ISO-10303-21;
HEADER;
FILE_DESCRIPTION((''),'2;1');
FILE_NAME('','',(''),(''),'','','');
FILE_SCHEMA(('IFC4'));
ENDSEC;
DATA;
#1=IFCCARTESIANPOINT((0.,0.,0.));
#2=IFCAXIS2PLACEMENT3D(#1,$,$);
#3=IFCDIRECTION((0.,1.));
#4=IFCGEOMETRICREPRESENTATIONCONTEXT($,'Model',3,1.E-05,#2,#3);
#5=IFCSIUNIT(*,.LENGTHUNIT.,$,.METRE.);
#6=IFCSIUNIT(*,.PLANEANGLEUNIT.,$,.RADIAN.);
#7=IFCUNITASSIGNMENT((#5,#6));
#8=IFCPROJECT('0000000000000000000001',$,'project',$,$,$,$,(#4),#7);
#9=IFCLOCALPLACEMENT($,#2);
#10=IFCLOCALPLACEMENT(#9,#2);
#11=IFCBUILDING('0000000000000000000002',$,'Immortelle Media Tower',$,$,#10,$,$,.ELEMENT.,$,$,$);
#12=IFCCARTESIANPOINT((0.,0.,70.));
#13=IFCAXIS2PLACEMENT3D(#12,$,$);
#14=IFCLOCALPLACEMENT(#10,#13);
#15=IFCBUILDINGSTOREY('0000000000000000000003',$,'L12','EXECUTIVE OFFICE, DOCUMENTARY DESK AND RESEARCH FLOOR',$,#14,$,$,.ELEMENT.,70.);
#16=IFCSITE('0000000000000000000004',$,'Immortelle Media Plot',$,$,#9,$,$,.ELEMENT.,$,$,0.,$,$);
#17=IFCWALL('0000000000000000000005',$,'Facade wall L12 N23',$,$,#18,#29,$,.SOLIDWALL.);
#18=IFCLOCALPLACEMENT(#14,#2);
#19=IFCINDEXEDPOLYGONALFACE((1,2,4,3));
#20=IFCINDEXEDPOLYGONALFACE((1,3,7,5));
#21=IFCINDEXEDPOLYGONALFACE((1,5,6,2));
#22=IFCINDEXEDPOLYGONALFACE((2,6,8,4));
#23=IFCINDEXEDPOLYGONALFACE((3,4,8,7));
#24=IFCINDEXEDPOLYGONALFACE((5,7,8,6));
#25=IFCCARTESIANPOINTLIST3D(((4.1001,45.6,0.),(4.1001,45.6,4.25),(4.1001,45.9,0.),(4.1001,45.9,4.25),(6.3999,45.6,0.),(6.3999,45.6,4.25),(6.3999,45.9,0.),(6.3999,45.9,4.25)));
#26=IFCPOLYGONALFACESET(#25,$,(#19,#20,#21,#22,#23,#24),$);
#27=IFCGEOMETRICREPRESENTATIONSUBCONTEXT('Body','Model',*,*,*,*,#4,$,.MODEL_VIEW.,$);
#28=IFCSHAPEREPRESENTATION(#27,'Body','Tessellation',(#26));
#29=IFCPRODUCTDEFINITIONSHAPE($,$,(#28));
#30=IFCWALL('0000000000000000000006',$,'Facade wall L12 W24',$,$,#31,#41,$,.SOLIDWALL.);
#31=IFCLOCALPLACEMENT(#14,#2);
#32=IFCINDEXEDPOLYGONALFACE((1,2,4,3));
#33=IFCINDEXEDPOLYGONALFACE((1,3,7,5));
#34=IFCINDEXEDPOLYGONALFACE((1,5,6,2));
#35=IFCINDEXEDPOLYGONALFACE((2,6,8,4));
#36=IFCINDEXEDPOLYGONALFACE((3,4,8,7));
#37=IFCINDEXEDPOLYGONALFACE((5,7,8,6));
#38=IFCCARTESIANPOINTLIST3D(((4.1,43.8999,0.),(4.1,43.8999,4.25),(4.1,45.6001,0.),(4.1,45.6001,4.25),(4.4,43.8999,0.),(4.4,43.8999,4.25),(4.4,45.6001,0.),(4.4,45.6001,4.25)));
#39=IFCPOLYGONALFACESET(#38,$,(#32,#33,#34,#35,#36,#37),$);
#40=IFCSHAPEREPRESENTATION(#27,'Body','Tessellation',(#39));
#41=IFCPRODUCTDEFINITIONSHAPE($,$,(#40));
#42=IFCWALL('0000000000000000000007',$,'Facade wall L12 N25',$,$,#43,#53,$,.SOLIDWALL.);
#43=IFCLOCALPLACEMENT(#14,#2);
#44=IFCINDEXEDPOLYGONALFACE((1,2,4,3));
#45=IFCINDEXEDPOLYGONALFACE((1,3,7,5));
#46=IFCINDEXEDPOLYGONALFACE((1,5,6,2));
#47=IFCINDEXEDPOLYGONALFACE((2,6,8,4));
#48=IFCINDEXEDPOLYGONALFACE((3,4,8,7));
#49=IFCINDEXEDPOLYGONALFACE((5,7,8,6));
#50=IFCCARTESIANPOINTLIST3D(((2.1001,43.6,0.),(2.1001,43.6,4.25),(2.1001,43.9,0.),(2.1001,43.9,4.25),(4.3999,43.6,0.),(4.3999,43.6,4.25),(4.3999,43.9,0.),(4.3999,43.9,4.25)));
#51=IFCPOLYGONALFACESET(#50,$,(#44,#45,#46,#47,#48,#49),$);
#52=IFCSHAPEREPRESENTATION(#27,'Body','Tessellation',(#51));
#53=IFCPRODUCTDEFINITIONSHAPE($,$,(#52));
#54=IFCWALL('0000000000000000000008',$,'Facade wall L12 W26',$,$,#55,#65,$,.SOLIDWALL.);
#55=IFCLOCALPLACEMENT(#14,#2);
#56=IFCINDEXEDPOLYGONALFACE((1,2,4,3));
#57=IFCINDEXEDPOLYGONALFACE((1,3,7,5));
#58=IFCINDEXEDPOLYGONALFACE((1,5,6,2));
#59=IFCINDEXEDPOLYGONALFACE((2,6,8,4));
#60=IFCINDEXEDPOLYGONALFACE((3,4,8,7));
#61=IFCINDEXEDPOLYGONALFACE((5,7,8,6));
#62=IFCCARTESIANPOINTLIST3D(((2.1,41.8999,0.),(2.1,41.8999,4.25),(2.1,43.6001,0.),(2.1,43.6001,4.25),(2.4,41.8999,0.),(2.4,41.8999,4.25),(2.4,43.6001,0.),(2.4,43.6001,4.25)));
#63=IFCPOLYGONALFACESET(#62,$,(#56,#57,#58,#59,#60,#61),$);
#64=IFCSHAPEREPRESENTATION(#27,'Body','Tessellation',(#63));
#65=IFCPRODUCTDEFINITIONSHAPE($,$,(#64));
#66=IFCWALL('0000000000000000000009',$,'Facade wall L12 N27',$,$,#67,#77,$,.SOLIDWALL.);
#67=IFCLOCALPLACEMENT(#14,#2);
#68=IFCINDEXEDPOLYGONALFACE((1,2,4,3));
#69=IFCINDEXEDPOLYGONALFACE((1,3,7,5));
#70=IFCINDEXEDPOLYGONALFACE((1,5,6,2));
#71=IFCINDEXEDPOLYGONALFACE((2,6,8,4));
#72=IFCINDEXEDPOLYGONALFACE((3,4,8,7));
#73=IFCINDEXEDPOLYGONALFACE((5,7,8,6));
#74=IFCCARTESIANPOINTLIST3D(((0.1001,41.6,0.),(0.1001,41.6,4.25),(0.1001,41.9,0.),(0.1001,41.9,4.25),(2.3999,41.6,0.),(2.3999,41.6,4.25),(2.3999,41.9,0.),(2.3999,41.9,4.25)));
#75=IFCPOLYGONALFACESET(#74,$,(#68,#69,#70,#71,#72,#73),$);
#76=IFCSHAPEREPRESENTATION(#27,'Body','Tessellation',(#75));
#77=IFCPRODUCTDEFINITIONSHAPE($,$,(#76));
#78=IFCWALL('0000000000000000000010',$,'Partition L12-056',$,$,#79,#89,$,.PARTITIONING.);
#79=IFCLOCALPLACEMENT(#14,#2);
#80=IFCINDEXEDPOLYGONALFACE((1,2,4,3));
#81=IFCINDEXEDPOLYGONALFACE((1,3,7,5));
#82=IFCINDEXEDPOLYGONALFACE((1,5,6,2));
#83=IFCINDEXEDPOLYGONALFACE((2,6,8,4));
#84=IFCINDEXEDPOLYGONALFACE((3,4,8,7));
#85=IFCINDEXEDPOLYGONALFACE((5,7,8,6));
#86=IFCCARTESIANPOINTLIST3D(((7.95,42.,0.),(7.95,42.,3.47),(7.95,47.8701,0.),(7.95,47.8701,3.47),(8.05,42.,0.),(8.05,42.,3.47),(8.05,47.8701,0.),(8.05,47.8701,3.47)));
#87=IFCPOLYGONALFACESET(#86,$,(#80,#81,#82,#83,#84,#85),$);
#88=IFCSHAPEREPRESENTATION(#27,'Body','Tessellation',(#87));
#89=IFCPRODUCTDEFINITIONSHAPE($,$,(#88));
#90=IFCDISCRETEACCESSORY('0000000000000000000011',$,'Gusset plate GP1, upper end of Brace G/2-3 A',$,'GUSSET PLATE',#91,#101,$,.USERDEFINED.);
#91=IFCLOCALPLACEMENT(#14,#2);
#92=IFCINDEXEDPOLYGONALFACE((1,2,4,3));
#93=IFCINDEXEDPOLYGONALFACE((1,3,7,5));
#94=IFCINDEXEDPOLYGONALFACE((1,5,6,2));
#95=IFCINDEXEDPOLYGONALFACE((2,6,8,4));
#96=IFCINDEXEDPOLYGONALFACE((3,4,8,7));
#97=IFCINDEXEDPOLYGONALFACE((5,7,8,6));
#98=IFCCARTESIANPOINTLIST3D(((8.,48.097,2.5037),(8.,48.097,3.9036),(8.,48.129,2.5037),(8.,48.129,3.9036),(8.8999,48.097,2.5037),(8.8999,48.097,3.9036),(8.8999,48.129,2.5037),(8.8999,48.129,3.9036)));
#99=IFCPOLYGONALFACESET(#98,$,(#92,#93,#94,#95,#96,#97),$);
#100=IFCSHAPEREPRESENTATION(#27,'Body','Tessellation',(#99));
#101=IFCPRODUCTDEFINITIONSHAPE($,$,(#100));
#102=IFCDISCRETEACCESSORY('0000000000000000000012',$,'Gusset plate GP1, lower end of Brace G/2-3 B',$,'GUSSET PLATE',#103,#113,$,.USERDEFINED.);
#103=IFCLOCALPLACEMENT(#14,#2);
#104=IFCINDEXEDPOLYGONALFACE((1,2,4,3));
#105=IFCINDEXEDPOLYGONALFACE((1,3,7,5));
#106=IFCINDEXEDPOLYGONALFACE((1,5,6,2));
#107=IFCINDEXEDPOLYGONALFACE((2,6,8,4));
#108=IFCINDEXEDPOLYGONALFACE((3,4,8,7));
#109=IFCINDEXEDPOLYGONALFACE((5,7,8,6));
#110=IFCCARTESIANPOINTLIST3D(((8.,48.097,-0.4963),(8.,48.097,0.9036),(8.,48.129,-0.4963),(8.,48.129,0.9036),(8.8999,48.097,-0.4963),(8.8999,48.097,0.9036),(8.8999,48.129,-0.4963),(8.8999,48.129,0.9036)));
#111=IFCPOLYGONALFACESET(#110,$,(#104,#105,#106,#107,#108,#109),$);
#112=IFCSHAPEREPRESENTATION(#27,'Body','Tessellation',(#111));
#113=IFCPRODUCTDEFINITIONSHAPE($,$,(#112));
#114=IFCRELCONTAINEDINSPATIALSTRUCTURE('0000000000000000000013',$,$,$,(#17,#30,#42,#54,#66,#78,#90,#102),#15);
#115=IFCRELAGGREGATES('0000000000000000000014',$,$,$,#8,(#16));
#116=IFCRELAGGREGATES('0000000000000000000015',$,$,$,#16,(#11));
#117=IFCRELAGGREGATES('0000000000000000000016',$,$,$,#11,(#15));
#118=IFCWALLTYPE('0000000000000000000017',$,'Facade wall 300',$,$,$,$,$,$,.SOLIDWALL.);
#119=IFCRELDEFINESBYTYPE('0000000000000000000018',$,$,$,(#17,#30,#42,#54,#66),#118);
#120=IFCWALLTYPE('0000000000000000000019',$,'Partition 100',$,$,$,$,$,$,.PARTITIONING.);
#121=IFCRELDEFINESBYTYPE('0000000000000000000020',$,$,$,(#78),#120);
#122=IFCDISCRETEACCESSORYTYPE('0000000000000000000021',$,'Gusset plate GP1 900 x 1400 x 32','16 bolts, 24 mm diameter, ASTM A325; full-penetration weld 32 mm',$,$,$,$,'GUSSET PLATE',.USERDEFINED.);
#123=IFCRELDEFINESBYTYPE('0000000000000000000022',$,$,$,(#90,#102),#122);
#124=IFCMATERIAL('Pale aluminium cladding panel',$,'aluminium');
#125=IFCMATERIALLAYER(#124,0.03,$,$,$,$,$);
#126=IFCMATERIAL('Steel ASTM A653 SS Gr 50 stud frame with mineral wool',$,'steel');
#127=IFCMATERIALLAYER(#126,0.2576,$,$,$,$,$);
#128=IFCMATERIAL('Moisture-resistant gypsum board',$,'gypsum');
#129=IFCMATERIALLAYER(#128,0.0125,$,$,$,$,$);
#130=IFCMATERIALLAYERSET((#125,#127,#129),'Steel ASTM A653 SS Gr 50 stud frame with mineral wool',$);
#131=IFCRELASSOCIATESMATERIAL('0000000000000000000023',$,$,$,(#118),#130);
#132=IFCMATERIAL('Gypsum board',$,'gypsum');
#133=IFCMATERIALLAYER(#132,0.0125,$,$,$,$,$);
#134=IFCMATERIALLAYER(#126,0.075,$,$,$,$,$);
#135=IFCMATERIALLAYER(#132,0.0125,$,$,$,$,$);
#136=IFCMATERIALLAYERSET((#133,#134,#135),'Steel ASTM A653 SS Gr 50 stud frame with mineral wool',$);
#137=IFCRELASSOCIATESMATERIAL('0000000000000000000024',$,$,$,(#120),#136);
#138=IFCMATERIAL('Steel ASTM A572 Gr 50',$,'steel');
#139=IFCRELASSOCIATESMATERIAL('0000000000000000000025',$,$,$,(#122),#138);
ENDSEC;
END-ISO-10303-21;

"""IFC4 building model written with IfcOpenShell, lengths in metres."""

from ifc_helpers import new_model, si_unit, direction, frame, frame_2d, origin, origin_2d, place, context, subcontext, project, spatial, rectangle, extrude, material, layer, layer_set, material_profile, profile_set, type_object, element, save


model = new_model("IFC4")

# Units and contexts
model_context = context("Model", 3, precision=1e-05, world=origin(), true_north=direction((0.0, 1.0)))
body_context = subcontext(model_context, "Body", "Model", "MODEL_VIEW")
ifc_project = project(units=[si_unit("LENGTHUNIT", "METRE"), si_unit("PLANEANGLEUNIT", "RADIAN")], contexts=[model_context])

# Site, building, storey
site_placement = place(None, origin())
site = spatial("IfcSite", under=ifc_project, at=site_placement, Name="Immortelle Media Plot", CompositionType="ELEMENT", RefElevation=0.0)
building_placement = place(site_placement, origin())
building = spatial("IfcBuilding", under=site, at=building_placement, Name="Immortelle Media Tower", CompositionType="ELEMENT")
storey_placement = place(building_placement, frame((0.0, 0.0, 70.0)))
storey = spatial("IfcBuildingStorey", under=building, at=storey_placement, Name="L12", Description="EXECUTIVE OFFICE, DOCUMENTARY DESK AND RESEARCH FLOOR", CompositionType="ELEMENT", Elevation=70.0)

# Shared definitions
ifc_material_1 = material(Name="Steel ASTM A653 SS Gr 50 stud frame with mineral wool", Category="steel")

# Walls
ifc_material_2 = material(Name="Pale aluminium cladding panel", Category="aluminium")
ifc_layer_1 = layer(ifc_material_2, 0.03)
ifc_layer_2 = layer(ifc_material_1, 0.2576)
ifc_material_3 = material(Name="Moisture-resistant gypsum board", Category="gypsum")
ifc_layer_3 = layer(ifc_material_3, 0.0125)
ifc_layer_set_1 = layer_set([ifc_layer_1, ifc_layer_2, ifc_layer_3], Name="Steel ASTM A653 SS Gr 50 stud frame with mineral wool")
wall_type_1 = type_object("IfcWallType", Name="Facade wall 300", PredefinedType="SOLIDWALL", material=ifc_layer_set_1)
wall_1_placement = place(storey_placement, frame((6.3999, 45.75, 0.0), z_axis=(0.0, 0.0, 1.0), x_axis=(-1.0, 0.0, 0.0)))
element("IfcWall", 1, at=wall_1_placement, inside=storey, type_object=wall_type_1, Name="Facade wall L12 N23", PredefinedType="SOLIDWALL", context=body_context, shape_type="SweptSolid", body=[
    extrude(rectangle(XDim=2.2998, YDim=0.3, at=frame_2d((1.1499, 0.0))), origin(), (0.0, 0.0, 1.0), 4.25),
])
wall_2_placement = place(storey_placement, frame((4.25, 45.6001, 0.0), z_axis=(0.0, 0.0, 1.0), x_axis=(0.0, -1.0, 0.0)))
element("IfcWall", 2, at=wall_2_placement, inside=storey, type_object=wall_type_1, Name="Facade wall L12 W24", PredefinedType="SOLIDWALL", context=body_context, shape_type="SweptSolid", body=[
    extrude(rectangle(XDim=1.7002, YDim=0.3, at=frame_2d((0.8501, 0.0))), origin(), (0.0, 0.0, 1.0), 4.25),
])
wall_3_placement = place(storey_placement, frame((4.3999, 43.75, 0.0), z_axis=(0.0, 0.0, 1.0), x_axis=(-1.0, 0.0, 0.0)))
element("IfcWall", 3, at=wall_3_placement, inside=storey, type_object=wall_type_1, Name="Facade wall L12 N25", PredefinedType="SOLIDWALL", context=body_context, shape_type="SweptSolid", body=[
    extrude(rectangle(XDim=2.2998, YDim=0.3, at=frame_2d((1.1499, 0.0))), origin(), (0.0, 0.0, 1.0), 4.25),
])
wall_4_placement = place(storey_placement, frame((2.25, 43.6001, 0.0), z_axis=(0.0, 0.0, 1.0), x_axis=(0.0, -1.0, 0.0)))
element("IfcWall", 4, at=wall_4_placement, inside=storey, type_object=wall_type_1, Name="Facade wall L12 W26", PredefinedType="SOLIDWALL", context=body_context, shape_type="SweptSolid", body=[
    extrude(rectangle(XDim=1.7002, YDim=0.3, at=frame_2d((0.8501, 0.0))), origin(), (0.0, 0.0, 1.0), 4.25),
])
wall_5_placement = place(storey_placement, frame((2.3999, 41.75, 0.0), z_axis=(0.0, 0.0, 1.0), x_axis=(-1.0, 0.0, 0.0)))
element("IfcWall", 5, at=wall_5_placement, inside=storey, type_object=wall_type_1, Name="Facade wall L12 N27", PredefinedType="SOLIDWALL", context=body_context, shape_type="SweptSolid", body=[
    extrude(rectangle(XDim=2.2998, YDim=0.3, at=frame_2d((1.1499, 0.0))), origin(), (0.0, 0.0, 1.0), 4.25),
])
ifc_material_4 = material(Name="Gypsum board", Category="gypsum")
ifc_layer_4 = layer(ifc_material_4, 0.0125)
ifc_layer_5 = layer(ifc_material_1, 0.075)
ifc_layer_6 = layer(ifc_material_4, 0.0125)
ifc_layer_set_2 = layer_set([ifc_layer_4, ifc_layer_5, ifc_layer_6], Name="Steel ASTM A653 SS Gr 50 stud frame with mineral wool")
wall_type_2 = type_object("IfcWallType", Name="Partition 100", PredefinedType="PARTITIONING", material=ifc_layer_set_2)
wall_6_placement = place(storey_placement, frame((8.0, 42.0, 0.0), z_axis=(0.0, 0.0, 1.0), x_axis=(0.0, 1.0, 0.0)))
element("IfcWall", 6, at=wall_6_placement, inside=storey, type_object=wall_type_2, Name="Partition L12-056", PredefinedType="PARTITIONING", context=body_context, shape_type="SweptSolid", body=[
    extrude(rectangle(XDim=5.8701, YDim=0.1001, at=frame_2d((2.9351, 0.0))), origin(), (0.0, 0.0, 1.0), 3.47),
])

# Discrete accessories
ifc_material_5 = material(Name="Steel ASTM A572 Gr 50", Category="steel")
ifc_material_profile_1 = material_profile(ifc_material_5, rectangle(XDim=0.032, YDim=1.3999, at=origin_2d()), Name="PL 32 x 1400")
ifc_profile_set_1 = profile_set([ifc_material_profile_1], Name="Steel ASTM A572 Gr 50")
discrete_accessory_type = type_object("IfcDiscreteAccessoryType", Name="Gusset plate GP1 900 x 1400 x 32", Description="16 bolts, 24 mm diameter, ASTM A325; full-penetration weld 32 mm", ElementType="GUSSET PLATE", PredefinedType="USERDEFINED", material=ifc_profile_set_1)
for number, where, z_axis, x_axis, name in (
    (7, (8.0, 48.113, 3.2036), (1.0, 0.0, 0.0), (0.0, 1.0, 0.0), "Gusset plate GP1, upper end of Brace G/2-3 A"),
    (8, (8.0, 48.113, 0.2036), (1.0, 0.0, 0.0), (0.0, 1.0, 0.0), "Gusset plate GP1, lower end of Brace G/2-3 B"),
):
    element("IfcDiscreteAccessory", number, at=place(storey_placement, frame(where, z_axis=z_axis, x_axis=x_axis)), inside=storey, type_object=discrete_accessory_type, Name=name, ObjectType="GUSSET PLATE", PredefinedType="USERDEFINED", context=body_context, shape_type="SweptSolid", body=[
        extrude(rectangle(XDim=0.032, YDim=1.3999, at=origin_2d()), origin(), (0.0, 0.0, 1.0), 0.8999),
    ])

save(model, "model.ifc")
